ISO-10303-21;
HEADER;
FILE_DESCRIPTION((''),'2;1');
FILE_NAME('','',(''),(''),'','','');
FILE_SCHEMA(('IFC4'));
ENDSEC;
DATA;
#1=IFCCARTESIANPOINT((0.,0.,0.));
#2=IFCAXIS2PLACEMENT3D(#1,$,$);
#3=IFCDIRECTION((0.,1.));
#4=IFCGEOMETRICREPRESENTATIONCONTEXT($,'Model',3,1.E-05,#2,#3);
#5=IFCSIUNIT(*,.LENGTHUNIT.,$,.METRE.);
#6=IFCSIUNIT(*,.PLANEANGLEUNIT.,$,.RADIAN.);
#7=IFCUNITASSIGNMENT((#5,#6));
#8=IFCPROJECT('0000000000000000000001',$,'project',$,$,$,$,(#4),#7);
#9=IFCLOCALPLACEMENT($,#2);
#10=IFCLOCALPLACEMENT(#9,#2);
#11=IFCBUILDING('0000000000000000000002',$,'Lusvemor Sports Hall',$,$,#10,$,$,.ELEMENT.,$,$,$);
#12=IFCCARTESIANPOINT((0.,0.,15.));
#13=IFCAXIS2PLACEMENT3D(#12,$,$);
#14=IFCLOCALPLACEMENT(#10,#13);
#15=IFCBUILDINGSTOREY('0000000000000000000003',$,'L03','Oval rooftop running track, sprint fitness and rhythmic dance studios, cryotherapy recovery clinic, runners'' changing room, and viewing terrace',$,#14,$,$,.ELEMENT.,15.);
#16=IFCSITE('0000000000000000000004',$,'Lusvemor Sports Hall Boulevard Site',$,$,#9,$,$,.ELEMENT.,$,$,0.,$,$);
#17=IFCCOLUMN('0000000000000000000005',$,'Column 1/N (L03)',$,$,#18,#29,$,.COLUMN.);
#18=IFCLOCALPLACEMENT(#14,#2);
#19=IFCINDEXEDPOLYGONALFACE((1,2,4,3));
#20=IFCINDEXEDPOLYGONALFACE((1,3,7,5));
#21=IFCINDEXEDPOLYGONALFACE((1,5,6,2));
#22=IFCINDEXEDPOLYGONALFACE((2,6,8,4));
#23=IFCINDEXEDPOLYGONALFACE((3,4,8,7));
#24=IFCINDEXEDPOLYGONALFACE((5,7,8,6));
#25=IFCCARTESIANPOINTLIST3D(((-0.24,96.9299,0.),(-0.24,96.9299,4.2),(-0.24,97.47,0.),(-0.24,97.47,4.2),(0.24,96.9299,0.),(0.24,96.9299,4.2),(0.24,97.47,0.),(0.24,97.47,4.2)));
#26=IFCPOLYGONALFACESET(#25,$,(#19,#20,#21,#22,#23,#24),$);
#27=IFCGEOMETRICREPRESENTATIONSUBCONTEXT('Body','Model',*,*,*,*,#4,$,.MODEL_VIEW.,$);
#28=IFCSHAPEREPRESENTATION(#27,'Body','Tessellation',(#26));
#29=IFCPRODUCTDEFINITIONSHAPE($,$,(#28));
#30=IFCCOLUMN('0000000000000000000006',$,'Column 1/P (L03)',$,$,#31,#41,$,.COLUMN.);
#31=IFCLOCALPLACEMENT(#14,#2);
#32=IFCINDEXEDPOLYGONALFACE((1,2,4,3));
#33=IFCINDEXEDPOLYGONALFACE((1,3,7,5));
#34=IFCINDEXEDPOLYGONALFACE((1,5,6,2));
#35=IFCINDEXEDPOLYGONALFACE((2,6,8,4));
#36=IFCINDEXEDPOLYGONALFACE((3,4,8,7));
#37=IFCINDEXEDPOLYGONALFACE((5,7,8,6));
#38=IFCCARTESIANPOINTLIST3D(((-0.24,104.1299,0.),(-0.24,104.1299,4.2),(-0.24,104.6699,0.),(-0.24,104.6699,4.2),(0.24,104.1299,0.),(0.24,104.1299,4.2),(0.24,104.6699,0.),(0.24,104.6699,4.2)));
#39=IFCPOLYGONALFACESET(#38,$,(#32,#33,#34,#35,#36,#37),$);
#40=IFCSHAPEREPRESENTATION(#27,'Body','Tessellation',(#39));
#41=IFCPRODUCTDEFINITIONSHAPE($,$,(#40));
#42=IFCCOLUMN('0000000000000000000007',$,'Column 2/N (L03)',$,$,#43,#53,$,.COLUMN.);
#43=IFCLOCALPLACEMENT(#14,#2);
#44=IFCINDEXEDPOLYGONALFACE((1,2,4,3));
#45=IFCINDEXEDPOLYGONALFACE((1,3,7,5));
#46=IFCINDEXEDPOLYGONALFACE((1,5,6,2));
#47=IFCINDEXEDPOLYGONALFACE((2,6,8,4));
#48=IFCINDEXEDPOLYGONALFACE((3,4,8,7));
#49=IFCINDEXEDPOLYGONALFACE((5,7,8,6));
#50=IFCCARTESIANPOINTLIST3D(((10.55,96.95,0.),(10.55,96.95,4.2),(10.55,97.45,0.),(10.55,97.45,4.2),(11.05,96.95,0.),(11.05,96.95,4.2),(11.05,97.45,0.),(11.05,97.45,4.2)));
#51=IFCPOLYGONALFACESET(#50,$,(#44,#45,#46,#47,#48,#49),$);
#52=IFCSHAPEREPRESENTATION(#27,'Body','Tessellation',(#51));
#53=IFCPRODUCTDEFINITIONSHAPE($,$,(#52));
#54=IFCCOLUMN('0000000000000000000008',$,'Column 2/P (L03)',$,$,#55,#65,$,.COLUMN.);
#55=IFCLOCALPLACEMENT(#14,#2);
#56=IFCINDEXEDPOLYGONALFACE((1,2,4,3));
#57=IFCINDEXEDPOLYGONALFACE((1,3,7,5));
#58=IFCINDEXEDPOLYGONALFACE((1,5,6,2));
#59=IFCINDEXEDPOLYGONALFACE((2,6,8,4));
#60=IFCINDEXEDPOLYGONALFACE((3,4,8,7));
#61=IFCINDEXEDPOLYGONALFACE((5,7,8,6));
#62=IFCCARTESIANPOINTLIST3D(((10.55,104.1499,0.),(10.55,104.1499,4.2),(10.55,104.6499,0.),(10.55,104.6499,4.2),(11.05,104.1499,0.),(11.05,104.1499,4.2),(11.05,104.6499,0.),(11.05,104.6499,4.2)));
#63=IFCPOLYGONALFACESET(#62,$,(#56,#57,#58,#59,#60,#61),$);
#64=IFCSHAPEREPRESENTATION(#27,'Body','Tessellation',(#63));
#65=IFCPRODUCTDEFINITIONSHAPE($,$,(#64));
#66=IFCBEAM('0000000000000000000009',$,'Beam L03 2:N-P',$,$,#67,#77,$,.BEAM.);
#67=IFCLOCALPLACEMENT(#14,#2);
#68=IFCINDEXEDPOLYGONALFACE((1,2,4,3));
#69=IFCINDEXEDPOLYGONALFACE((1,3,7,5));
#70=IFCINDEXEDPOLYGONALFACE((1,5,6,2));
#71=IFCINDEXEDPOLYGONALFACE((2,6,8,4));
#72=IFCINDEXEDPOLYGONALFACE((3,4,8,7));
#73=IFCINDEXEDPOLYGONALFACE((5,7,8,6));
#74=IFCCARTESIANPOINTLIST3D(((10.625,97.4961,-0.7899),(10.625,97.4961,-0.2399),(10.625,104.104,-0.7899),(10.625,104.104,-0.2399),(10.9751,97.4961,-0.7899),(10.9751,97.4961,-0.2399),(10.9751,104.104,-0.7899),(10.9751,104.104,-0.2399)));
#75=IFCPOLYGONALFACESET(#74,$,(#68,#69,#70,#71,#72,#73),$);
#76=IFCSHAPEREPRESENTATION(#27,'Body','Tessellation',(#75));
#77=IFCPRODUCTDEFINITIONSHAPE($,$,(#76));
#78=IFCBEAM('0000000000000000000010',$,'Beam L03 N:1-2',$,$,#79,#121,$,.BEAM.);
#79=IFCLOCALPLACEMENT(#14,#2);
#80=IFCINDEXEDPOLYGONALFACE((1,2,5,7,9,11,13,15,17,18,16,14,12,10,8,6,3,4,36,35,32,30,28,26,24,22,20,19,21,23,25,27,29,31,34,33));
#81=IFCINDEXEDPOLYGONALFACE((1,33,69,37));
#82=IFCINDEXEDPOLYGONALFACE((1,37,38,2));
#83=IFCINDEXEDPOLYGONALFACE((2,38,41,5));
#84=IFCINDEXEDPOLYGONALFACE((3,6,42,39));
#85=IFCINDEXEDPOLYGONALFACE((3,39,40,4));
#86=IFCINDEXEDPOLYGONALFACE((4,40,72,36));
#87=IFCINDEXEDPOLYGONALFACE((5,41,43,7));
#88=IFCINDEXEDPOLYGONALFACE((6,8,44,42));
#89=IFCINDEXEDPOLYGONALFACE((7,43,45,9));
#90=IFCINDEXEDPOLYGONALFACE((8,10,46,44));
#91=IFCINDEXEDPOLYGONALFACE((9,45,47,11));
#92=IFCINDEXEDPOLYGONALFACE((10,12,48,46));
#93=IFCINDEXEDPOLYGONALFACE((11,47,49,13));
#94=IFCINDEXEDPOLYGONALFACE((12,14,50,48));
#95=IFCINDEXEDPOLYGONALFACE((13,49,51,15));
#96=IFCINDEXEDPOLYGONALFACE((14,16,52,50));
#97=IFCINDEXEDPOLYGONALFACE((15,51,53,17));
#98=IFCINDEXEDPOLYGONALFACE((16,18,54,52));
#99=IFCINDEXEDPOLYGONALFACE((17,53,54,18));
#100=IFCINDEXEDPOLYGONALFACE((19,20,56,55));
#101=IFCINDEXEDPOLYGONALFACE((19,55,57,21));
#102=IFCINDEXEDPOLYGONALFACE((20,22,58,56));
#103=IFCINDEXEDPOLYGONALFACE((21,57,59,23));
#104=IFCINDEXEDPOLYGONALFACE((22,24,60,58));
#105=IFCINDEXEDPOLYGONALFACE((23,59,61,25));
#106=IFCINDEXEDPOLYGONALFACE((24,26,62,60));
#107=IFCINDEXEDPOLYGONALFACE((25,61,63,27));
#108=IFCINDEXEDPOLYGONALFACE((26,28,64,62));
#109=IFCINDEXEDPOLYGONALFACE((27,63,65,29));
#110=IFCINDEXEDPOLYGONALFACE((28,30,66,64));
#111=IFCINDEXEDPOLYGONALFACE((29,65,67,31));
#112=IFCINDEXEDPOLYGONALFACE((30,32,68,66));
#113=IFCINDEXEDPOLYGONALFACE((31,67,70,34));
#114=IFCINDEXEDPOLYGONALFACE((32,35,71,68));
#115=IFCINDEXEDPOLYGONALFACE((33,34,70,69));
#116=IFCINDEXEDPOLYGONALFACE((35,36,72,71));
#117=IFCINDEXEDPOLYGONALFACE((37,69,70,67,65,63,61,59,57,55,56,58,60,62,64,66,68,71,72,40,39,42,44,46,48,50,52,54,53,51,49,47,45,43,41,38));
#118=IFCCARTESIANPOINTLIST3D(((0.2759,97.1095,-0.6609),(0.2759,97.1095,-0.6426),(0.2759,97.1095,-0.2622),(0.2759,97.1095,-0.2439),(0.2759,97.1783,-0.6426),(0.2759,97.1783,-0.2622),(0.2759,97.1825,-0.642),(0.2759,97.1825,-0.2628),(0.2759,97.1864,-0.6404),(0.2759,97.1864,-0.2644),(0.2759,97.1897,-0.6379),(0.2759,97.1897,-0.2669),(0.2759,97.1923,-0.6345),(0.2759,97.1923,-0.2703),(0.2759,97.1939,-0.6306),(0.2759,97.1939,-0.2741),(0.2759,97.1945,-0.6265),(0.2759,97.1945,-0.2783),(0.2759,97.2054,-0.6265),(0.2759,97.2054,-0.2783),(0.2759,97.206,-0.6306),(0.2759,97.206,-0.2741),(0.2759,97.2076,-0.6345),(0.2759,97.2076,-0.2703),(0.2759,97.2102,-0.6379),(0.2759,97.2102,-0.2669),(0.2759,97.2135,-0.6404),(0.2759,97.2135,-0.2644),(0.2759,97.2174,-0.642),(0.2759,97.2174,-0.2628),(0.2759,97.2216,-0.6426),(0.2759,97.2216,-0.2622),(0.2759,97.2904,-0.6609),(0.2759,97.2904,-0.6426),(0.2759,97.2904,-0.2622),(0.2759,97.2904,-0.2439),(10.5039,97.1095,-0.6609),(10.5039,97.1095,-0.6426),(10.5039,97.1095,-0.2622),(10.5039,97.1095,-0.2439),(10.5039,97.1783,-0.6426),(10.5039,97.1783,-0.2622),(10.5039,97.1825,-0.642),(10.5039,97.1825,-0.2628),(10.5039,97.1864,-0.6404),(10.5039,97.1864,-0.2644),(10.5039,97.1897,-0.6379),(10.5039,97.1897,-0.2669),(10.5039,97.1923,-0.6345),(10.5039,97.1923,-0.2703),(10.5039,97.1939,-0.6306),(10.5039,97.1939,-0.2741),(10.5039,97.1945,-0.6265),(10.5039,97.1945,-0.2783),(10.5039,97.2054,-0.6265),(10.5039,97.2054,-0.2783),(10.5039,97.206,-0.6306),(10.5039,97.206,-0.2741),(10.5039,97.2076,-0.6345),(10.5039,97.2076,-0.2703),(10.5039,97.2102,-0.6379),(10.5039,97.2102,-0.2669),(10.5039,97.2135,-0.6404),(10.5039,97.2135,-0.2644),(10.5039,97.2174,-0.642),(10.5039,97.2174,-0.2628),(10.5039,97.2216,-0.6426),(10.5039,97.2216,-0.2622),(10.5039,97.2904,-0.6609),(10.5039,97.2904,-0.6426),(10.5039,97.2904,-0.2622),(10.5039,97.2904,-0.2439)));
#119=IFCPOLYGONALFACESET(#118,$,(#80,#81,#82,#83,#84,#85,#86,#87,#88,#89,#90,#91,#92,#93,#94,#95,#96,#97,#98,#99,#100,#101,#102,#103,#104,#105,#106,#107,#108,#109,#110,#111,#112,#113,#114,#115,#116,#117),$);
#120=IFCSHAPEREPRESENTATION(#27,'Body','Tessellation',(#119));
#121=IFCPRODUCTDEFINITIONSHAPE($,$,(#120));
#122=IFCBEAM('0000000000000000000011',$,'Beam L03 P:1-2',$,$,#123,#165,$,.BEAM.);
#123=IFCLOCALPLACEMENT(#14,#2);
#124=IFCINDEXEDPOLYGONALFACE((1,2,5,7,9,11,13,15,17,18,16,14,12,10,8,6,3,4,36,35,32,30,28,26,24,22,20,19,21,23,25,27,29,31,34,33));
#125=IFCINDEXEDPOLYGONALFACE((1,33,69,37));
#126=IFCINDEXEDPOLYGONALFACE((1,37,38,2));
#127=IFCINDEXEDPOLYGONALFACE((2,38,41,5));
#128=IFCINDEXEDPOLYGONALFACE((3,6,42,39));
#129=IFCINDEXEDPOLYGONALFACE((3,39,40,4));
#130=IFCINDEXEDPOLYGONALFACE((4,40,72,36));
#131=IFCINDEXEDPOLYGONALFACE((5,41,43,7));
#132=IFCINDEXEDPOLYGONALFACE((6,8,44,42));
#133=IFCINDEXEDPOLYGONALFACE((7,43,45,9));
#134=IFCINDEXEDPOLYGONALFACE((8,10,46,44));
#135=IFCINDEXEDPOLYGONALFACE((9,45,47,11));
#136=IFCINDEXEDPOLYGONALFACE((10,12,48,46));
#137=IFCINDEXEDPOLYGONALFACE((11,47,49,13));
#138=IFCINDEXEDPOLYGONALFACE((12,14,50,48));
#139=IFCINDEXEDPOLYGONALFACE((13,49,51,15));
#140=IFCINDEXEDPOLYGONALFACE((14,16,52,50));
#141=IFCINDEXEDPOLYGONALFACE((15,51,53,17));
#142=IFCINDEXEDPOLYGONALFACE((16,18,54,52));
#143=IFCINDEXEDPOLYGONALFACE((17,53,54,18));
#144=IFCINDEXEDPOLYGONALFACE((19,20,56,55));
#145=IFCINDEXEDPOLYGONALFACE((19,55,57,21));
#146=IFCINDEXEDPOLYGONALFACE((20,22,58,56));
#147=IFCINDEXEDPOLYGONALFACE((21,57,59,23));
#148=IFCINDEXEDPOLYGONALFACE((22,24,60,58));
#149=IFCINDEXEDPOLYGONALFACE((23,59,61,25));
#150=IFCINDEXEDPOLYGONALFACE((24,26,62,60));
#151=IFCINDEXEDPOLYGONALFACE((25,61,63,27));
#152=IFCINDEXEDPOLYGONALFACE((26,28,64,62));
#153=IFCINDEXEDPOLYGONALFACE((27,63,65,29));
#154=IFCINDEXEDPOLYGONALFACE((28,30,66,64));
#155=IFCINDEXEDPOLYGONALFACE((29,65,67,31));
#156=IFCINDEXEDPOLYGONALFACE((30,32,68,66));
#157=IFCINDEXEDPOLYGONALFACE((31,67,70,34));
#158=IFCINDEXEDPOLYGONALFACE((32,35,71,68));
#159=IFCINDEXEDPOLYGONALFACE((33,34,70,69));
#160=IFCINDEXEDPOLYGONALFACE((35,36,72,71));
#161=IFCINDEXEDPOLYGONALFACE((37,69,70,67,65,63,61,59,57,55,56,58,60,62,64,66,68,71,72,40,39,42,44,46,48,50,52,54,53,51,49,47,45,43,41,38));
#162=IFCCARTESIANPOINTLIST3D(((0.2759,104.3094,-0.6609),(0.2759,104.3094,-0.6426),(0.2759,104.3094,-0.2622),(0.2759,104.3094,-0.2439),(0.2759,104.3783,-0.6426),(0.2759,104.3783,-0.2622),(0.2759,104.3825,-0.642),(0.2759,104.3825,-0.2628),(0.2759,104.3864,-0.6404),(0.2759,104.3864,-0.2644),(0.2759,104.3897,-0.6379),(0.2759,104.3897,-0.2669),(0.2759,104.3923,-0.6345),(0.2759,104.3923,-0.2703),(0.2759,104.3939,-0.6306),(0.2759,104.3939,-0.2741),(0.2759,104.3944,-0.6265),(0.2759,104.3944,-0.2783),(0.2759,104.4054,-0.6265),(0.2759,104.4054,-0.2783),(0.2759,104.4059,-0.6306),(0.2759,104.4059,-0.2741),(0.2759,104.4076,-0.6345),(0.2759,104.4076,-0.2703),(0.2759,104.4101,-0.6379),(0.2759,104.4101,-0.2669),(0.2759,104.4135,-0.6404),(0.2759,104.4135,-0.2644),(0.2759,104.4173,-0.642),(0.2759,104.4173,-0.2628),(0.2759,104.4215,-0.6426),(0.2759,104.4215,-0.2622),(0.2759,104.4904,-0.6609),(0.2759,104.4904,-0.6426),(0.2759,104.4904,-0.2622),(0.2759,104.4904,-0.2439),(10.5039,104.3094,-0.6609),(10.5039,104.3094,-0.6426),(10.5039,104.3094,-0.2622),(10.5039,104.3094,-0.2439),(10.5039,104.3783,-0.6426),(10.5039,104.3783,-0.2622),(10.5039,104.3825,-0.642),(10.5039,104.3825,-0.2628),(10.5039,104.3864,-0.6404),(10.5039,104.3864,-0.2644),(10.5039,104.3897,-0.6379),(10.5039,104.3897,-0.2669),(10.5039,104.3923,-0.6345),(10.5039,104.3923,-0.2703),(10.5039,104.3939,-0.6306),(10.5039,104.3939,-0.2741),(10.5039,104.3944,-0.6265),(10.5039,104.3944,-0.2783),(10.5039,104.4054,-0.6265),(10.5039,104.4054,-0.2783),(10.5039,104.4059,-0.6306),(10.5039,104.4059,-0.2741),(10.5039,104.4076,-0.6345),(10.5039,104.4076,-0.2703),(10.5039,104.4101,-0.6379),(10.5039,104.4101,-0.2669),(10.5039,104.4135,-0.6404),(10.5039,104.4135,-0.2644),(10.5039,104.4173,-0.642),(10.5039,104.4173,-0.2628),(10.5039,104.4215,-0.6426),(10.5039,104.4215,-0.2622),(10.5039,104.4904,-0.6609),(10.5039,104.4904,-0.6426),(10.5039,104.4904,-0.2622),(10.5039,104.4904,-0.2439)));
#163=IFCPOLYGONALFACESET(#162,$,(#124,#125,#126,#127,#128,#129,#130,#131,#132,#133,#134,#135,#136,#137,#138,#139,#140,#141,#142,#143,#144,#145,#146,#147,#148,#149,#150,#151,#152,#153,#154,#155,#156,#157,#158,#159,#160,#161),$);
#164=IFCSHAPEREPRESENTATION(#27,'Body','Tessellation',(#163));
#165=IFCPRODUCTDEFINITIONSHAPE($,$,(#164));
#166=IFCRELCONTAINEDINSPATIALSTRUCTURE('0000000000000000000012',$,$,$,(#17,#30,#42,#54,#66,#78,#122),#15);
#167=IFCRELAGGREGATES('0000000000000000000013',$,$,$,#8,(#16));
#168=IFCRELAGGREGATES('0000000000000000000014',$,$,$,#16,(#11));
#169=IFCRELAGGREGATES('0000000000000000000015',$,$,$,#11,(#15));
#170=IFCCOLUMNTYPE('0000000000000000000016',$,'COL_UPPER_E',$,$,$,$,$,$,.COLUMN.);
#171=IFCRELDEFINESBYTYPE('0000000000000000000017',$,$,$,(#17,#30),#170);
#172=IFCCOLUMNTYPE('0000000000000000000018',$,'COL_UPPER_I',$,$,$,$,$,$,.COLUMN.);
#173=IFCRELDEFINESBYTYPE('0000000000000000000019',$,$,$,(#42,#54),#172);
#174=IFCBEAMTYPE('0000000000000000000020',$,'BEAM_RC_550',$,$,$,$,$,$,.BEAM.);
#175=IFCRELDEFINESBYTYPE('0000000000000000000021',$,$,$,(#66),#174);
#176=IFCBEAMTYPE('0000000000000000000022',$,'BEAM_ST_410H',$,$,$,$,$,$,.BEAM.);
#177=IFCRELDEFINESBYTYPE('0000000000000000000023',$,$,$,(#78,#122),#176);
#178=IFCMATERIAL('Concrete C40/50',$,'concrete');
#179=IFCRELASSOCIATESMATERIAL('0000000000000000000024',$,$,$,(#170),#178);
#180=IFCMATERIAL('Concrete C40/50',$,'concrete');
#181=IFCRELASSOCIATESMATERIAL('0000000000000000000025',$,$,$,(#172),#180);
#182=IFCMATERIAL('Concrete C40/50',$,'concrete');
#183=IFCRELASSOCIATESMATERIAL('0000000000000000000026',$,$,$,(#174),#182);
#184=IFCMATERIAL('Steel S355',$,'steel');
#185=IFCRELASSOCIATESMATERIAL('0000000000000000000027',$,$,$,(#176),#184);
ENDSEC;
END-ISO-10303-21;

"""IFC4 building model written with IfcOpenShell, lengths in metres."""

from ifc_helpers import new_model, si_unit, direction, frame, origin, origin_2d, place, context, subcontext, project, spatial, rectangle, i_section, extrude, material, material_profile, profile_set, type_object, element, save


model = new_model("IFC4")

# Units and contexts
model_context = context("Model", 3, precision=1e-05, world=origin(), true_north=direction((0.0, 1.0)))
body_context = subcontext(model_context, "Body", "Model", "MODEL_VIEW")
ifc_project = project(units=[si_unit("LENGTHUNIT", "METRE"), si_unit("PLANEANGLEUNIT", "RADIAN")], contexts=[model_context])

# Site, building, storey
site_placement = place(None, origin())
site = spatial("IfcSite", under=ifc_project, at=site_placement, Name="Lusvemor Sports Hall Boulevard Site", CompositionType="ELEMENT", RefElevation=0.0)
building_placement = place(site_placement, origin())
building = spatial("IfcBuilding", under=site, at=building_placement, Name="Lusvemor Sports Hall", CompositionType="ELEMENT")
storey_placement = place(building_placement, frame((0.0, 0.0, 15.0)))
storey = spatial("IfcBuildingStorey", under=building, at=storey_placement, Name="L03", Description="Oval rooftop running track, sprint fitness and rhythmic dance studios, cryotherapy recovery clinic, runners' changing room, and viewing terrace", CompositionType="ELEMENT", Elevation=15.0)

# Columns
ifc_material_1 = material(Name="Concrete C40/50", Category="concrete")
ifc_material_profile_1 = material_profile(ifc_material_1, rectangle(XDim=0.48, YDim=0.54, at=origin_2d()), Name="RC480x540")
ifc_profile_set_1 = profile_set([ifc_material_profile_1], Name="Concrete C40/50")
column_type_1 = type_object("IfcColumnType", Name="COL_UPPER_E", PredefinedType="COLUMN", material=ifc_profile_set_1)
for number, where, z_axis, x_axis, name in (
    (1, (0.0, 97.2, 0.0), (0.0, 0.0, 1.0), (1.0, 0.0, 0.0), "Column 1/N (L03)"),
    (2, (0.0, 104.3999, 0.0), (0.0, 0.0, 1.0), (1.0, 0.0, 0.0), "Column 1/P (L03)"),
):
    element("IfcColumn", number, at=place(storey_placement, frame(where, z_axis=z_axis, x_axis=x_axis)), inside=storey, type_object=column_type_1, Name=name, PredefinedType="COLUMN", context=body_context, shape_type="SweptSolid", body=[
        extrude(rectangle(XDim=0.48, YDim=0.54, at=origin_2d()), origin(), (0.0, 0.0, 1.0), 4.2),
    ])
ifc_material_2 = material(Name="Concrete C40/50", Category="concrete")
ifc_material_profile_2 = material_profile(ifc_material_2, rectangle(XDim=0.5, YDim=0.5, at=origin_2d()), Name="RC500x500")
ifc_profile_set_2 = profile_set([ifc_material_profile_2], Name="Concrete C40/50")
column_type_2 = type_object("IfcColumnType", Name="COL_UPPER_I", PredefinedType="COLUMN", material=ifc_profile_set_2)
for number, where, z_axis, x_axis, name in (
    (3, (10.8, 97.2, 0.0), (0.0, 0.0, 1.0), (1.0, 0.0, 0.0), "Column 2/N (L03)"),
    (4, (10.8, 104.3999, 0.0), (0.0, 0.0, 1.0), (1.0, 0.0, 0.0), "Column 2/P (L03)"),
):
    element("IfcColumn", number, at=place(storey_placement, frame(where, z_axis=z_axis, x_axis=x_axis)), inside=storey, type_object=column_type_2, Name=name, PredefinedType="COLUMN", context=body_context, shape_type="SweptSolid", body=[
        extrude(rectangle(XDim=0.5, YDim=0.5, at=origin_2d()), origin(), (0.0, 0.0, 1.0), 4.2),
    ])

# Beams
ifc_material_3 = material(Name="Concrete C40/50", Category="concrete")
ifc_material_profile_3 = material_profile(ifc_material_3, rectangle(XDim=0.3501, YDim=0.55, at=origin_2d()), Name="RC350x550")
ifc_profile_set_3 = profile_set([ifc_material_profile_3], Name="Concrete C40/50")
beam_type_1 = type_object("IfcBeamType", Name="BEAM_RC_550", PredefinedType="BEAM", material=ifc_profile_set_3)
beam_1_placement = place(storey_placement, frame((10.8, 97.4961, -0.5149), z_axis=(0.0, 1.0, 0.0), x_axis=(-1.0, 0.0, 0.0)))
element("IfcBeam", 5, at=beam_1_placement, inside=storey, type_object=beam_type_1, Name="Beam L03 2:N-P", PredefinedType="BEAM", context=body_context, shape_type="SweptSolid", body=[
    extrude(rectangle(XDim=0.3501, YDim=0.55, at=origin_2d()), origin(), (0.0, 0.0, 1.0), 6.6079),
])
ifc_material_4 = material(Name="Steel S355", Category="steel")
ifc_material_profile_4 = material_profile(ifc_material_4, i_section(OverallWidth=0.1809, OverallDepth=0.417, WebThickness=0.011, FlangeThickness=0.0183, FilletRadius=0.0161, at=origin_2d()), Name="W410x85.0")
ifc_profile_set_4 = profile_set([ifc_material_profile_4], Name="Steel S355")
beam_type_2 = type_object("IfcBeamType", Name="BEAM_ST_410H", PredefinedType="BEAM", material=ifc_profile_set_4)
for number, where, z_axis, x_axis, name in (
    (6, (0.2759, 97.2, -0.4524), (1.0, 0.0, 0.0), (0.0, 1.0, 0.0), "Beam L03 N:1-2"),
    (7, (0.2759, 104.3999, -0.4524), (1.0, 0.0, 0.0), (0.0, 1.0, 0.0), "Beam L03 P:1-2"),
):
    element("IfcBeam", number, at=place(storey_placement, frame(where, z_axis=z_axis, x_axis=x_axis)), inside=storey, type_object=beam_type_2, Name=name, PredefinedType="BEAM", context=body_context, shape_type="SweptSolid", body=[
        extrude(i_section(OverallWidth=0.1809, OverallDepth=0.417, WebThickness=0.011, FlangeThickness=0.0183, FilletRadius=0.0161, at=origin_2d()), origin(), (0.0, 0.0, 1.0), 10.228),
    ])

save(model, "model.ifc")
